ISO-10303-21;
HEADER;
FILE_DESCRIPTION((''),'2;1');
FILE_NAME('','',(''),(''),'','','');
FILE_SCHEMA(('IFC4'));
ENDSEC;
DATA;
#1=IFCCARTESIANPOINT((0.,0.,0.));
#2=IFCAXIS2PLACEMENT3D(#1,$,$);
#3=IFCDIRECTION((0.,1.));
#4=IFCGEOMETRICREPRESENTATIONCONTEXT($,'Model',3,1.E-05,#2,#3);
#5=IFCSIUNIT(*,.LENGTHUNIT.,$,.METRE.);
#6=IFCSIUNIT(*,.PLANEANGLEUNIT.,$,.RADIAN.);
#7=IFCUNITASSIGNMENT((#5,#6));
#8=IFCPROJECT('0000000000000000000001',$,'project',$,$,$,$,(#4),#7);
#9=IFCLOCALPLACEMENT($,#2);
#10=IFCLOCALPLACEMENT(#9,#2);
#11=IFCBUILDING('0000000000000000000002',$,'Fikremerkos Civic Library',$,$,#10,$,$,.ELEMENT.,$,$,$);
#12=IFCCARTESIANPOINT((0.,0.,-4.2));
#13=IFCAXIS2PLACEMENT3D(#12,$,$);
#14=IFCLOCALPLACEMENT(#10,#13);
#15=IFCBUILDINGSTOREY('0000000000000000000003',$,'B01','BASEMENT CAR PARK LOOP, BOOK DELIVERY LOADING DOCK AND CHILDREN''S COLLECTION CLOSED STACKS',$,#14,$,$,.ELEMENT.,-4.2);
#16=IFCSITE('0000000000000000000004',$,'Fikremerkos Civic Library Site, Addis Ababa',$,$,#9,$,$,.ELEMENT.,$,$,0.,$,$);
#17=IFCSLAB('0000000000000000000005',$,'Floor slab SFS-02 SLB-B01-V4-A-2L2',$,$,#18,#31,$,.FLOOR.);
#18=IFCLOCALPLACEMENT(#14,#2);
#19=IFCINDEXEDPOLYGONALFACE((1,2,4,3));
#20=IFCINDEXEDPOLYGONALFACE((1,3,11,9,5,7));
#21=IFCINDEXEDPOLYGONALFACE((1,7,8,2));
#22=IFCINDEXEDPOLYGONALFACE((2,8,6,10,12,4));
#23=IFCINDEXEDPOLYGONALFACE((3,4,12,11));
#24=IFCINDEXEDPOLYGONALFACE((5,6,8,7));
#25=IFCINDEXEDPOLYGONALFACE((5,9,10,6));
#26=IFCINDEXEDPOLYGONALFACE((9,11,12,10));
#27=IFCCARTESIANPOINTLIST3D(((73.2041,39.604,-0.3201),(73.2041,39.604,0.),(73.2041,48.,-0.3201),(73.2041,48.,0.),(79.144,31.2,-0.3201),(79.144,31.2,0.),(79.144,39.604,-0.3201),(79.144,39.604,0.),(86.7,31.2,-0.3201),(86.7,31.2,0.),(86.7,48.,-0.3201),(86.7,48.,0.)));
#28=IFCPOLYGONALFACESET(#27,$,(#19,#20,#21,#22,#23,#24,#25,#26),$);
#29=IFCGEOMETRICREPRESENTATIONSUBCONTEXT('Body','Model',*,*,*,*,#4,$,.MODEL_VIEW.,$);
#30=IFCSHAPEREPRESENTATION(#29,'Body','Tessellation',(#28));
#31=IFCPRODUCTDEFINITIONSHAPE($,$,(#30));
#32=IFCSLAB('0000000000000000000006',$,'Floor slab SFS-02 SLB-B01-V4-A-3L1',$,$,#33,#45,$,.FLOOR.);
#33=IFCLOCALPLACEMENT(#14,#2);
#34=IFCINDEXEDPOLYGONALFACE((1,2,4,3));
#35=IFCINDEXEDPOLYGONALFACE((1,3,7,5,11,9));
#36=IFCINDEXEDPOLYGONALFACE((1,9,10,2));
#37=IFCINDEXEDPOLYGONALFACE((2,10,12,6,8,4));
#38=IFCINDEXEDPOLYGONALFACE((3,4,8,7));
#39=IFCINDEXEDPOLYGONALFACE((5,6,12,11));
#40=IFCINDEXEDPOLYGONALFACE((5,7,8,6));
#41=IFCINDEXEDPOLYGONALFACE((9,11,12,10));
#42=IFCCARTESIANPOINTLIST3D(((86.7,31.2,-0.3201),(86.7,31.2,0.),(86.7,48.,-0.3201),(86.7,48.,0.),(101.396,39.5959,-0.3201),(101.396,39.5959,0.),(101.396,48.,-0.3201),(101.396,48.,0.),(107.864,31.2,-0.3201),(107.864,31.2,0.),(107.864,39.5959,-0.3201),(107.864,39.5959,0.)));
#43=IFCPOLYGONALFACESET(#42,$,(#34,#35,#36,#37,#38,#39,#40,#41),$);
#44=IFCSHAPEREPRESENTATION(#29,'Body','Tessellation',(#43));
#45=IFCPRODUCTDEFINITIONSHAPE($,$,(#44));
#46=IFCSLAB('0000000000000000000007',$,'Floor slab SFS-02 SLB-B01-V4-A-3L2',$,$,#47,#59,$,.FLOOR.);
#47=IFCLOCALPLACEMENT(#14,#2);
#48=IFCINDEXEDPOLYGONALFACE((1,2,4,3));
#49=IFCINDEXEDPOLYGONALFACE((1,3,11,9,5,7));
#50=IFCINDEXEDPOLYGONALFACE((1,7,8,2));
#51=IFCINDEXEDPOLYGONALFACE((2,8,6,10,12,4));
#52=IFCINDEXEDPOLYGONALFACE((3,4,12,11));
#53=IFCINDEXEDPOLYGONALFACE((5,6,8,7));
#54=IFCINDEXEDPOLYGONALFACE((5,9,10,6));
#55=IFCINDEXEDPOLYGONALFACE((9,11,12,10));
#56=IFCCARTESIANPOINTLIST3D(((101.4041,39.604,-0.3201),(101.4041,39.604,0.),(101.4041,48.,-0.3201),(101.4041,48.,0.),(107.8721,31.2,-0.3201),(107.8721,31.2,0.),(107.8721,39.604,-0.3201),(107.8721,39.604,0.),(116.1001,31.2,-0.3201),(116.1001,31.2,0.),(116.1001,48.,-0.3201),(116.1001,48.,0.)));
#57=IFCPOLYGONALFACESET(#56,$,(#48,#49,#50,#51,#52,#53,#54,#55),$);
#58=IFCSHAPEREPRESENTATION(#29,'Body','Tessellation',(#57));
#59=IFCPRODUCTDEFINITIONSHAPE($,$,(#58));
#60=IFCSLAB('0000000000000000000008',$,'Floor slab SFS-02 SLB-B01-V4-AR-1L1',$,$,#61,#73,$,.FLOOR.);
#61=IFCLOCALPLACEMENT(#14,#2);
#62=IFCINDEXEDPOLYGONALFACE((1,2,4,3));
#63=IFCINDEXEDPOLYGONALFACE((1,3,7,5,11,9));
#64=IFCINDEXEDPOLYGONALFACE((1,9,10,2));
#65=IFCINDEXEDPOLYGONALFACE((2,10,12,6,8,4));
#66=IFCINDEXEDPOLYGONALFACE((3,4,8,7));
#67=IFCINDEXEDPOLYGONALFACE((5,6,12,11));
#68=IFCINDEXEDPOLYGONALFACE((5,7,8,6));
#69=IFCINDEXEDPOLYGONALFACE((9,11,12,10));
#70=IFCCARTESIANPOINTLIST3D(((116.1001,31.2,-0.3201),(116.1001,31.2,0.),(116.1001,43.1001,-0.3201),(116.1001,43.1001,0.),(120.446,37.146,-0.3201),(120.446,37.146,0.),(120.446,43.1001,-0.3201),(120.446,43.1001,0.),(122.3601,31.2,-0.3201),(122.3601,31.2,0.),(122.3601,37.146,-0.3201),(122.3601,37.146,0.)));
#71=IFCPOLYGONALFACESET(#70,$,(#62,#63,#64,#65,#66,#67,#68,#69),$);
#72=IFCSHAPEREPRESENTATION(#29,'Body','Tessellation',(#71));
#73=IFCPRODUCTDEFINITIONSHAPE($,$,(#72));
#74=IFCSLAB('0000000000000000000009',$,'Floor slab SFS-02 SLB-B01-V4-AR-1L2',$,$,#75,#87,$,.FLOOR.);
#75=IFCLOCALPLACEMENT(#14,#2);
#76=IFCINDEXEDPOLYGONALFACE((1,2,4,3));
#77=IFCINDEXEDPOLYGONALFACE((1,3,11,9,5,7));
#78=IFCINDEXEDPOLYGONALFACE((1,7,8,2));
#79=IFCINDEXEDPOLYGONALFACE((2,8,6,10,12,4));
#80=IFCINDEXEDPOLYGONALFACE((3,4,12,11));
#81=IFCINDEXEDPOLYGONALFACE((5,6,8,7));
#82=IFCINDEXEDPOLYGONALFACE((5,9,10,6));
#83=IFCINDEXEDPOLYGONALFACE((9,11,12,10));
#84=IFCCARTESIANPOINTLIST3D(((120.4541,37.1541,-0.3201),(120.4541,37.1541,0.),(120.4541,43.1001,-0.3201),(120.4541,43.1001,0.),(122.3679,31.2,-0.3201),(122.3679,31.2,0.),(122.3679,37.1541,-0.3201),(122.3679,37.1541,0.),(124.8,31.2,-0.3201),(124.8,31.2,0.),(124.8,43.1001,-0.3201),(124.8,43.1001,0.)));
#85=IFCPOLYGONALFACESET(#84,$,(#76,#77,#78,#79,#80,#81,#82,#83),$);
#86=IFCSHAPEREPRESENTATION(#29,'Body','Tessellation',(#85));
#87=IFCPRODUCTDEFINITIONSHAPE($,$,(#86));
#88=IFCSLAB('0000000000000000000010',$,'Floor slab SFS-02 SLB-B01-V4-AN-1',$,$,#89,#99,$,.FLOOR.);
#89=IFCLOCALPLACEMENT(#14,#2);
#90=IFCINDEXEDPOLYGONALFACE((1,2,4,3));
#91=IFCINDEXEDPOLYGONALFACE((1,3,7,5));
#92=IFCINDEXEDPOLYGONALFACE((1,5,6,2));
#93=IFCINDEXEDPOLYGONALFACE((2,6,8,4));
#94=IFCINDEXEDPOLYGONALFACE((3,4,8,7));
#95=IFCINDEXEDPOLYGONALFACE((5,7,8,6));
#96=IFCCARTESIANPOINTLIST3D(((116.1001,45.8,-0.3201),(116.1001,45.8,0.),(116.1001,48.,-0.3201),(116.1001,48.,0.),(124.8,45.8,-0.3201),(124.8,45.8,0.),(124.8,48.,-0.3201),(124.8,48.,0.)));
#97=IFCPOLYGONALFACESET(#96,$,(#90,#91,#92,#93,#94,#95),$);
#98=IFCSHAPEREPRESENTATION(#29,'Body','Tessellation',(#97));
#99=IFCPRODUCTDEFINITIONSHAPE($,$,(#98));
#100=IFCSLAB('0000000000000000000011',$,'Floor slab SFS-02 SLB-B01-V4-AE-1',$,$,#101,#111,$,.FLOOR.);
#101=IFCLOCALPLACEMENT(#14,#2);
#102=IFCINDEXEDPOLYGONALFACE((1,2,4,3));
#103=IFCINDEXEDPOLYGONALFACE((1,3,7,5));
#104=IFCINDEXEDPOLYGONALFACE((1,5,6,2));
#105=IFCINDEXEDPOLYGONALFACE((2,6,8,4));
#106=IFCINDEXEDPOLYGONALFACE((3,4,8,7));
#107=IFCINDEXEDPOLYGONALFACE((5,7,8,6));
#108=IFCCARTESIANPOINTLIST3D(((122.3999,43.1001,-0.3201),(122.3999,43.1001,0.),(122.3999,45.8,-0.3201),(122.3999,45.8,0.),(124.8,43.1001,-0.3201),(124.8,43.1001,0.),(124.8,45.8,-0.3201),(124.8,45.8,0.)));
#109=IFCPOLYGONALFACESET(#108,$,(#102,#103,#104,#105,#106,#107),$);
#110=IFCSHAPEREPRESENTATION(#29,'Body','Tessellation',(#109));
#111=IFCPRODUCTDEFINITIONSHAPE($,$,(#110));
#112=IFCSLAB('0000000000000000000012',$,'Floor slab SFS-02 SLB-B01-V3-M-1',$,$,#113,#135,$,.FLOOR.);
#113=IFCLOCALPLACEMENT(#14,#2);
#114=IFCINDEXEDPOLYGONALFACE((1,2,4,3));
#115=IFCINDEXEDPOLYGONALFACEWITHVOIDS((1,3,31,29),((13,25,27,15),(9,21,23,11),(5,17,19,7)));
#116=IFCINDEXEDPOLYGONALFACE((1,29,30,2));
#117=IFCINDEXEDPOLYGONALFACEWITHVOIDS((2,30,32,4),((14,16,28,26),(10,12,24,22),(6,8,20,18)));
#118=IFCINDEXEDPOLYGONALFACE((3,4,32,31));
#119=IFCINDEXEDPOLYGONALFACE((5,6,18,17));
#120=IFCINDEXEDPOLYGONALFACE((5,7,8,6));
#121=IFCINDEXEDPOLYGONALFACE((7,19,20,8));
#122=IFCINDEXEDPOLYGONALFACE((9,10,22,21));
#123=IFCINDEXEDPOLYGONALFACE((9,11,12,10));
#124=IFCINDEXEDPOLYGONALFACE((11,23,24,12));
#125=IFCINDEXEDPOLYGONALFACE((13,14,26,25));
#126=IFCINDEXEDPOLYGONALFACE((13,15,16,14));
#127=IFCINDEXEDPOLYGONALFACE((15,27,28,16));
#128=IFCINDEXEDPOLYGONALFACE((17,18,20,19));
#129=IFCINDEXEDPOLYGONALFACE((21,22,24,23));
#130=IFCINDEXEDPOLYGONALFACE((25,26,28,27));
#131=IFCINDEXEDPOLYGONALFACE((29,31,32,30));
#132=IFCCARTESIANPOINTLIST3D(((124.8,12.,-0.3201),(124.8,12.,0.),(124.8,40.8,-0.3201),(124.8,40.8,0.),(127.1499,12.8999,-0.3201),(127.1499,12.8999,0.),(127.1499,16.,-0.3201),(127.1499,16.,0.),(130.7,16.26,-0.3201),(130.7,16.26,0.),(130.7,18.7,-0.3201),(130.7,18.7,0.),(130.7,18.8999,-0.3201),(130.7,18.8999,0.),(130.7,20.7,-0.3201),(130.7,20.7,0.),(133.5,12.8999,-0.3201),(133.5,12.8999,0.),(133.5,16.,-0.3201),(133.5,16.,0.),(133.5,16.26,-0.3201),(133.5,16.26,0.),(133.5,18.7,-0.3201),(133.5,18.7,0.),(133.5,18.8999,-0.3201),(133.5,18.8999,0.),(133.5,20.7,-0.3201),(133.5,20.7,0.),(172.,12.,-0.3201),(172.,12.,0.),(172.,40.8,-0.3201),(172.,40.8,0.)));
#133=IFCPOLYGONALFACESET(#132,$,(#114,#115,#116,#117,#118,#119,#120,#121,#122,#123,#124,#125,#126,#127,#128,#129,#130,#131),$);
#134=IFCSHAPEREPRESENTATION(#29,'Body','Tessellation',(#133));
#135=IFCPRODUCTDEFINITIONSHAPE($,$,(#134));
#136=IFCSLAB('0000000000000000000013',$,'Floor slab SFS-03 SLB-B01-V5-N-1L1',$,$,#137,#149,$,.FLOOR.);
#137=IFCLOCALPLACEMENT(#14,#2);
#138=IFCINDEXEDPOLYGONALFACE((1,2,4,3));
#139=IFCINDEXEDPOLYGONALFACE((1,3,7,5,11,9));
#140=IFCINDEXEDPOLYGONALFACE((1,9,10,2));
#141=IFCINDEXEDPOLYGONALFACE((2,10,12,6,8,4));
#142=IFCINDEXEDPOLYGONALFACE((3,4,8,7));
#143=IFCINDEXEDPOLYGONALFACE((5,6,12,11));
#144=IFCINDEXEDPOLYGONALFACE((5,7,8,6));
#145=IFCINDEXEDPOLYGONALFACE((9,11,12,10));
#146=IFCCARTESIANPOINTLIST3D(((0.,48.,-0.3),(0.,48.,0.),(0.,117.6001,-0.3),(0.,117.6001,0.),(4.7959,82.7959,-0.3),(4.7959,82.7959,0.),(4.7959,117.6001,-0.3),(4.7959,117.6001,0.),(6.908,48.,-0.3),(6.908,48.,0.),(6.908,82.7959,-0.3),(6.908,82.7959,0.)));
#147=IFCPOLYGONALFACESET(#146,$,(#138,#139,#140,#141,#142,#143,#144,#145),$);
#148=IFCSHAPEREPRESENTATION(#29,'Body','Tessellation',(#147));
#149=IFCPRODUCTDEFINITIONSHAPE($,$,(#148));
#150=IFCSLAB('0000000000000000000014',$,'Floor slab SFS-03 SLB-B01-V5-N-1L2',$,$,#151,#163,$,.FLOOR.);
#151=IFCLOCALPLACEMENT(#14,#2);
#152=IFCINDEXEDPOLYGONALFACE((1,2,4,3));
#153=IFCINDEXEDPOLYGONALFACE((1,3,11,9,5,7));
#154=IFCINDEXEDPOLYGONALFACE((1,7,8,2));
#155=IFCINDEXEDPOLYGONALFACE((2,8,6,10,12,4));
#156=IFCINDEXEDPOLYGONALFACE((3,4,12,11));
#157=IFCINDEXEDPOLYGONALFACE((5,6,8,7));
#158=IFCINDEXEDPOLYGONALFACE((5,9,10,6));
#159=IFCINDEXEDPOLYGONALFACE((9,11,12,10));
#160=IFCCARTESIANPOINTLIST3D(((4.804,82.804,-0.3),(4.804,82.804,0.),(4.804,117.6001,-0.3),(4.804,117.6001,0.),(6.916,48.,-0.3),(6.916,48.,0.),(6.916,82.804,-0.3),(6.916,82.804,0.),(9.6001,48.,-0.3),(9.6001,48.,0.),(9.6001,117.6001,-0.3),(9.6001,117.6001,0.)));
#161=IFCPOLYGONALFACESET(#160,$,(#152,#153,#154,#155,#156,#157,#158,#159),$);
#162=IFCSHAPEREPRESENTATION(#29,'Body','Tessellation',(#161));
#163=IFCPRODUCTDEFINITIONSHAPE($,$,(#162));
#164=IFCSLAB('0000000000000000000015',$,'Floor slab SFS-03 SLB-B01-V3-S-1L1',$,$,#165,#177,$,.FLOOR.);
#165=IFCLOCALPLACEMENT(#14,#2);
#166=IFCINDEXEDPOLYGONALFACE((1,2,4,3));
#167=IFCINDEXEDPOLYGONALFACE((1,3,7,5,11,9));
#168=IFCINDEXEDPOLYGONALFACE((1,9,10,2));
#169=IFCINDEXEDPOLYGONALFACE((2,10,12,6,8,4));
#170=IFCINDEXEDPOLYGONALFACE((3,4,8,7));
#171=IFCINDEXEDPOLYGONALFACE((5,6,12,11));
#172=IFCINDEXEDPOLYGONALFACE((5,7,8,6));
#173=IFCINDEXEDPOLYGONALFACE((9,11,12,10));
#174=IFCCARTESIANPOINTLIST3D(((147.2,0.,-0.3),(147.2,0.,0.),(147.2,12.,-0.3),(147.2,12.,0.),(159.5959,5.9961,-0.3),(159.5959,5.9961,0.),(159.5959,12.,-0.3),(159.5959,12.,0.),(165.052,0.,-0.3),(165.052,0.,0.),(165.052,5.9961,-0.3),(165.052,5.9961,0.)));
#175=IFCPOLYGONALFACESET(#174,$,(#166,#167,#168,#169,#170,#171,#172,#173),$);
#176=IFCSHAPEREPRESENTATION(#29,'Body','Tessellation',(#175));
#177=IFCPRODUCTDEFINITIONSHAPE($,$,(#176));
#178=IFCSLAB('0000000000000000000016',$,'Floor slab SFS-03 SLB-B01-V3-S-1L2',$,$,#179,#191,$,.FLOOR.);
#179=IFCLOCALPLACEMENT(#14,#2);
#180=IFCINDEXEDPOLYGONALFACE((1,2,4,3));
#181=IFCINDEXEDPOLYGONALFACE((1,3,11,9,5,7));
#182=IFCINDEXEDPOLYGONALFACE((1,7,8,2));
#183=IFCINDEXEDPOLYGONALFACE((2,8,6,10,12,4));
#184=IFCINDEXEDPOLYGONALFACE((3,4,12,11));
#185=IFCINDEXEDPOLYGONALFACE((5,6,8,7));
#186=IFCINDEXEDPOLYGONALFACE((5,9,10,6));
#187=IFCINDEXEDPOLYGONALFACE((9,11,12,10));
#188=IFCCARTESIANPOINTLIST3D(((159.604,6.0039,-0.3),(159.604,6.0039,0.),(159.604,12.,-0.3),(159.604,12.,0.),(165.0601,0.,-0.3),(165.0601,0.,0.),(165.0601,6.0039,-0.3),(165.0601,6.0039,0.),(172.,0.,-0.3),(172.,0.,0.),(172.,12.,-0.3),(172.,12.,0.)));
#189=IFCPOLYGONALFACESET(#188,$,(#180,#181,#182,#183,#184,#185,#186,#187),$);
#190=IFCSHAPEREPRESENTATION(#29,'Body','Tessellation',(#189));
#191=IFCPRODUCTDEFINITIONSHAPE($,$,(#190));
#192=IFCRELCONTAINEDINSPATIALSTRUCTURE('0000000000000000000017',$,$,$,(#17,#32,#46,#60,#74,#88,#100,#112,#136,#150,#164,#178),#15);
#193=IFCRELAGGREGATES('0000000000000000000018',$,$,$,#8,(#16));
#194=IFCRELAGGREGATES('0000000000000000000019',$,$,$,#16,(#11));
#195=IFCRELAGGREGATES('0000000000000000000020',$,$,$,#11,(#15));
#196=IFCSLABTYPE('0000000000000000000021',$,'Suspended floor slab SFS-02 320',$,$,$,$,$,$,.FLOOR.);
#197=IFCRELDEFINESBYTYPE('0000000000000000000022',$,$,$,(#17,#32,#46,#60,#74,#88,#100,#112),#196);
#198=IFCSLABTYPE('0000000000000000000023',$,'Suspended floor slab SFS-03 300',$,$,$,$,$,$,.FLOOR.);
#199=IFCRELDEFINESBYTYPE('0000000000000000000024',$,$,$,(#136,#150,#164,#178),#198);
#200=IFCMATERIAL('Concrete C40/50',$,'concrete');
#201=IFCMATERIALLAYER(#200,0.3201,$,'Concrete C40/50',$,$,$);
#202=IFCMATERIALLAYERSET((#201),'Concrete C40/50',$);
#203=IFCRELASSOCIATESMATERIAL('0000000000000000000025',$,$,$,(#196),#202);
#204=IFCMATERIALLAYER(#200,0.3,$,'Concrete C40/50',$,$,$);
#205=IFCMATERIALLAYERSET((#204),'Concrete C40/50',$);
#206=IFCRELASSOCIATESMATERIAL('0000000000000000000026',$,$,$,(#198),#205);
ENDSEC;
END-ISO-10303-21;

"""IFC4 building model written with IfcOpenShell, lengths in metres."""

from ifc_helpers import new_model, si_unit, direction, frame, origin, place, context, subcontext, project, spatial, polyline, outline, extrude, material, layer, layer_set, type_object, element, save


model = new_model("IFC4")

# Units and contexts
model_context = context("Model", 3, precision=1e-05, world=origin(), true_north=direction((0.0, 1.0)))
body_context = subcontext(model_context, "Body", "Model", "MODEL_VIEW")
ifc_project = project(units=[si_unit("LENGTHUNIT", "METRE"), si_unit("PLANEANGLEUNIT", "RADIAN")], contexts=[model_context])

# Site, building, storey
site_placement = place(None, origin())
site = spatial("IfcSite", under=ifc_project, at=site_placement, Name="Fikremerkos Civic Library Site, Addis Ababa", CompositionType="ELEMENT", RefElevation=0.0)
building_placement = place(site_placement, origin())
building = spatial("IfcBuilding", under=site, at=building_placement, Name="Fikremerkos Civic Library", CompositionType="ELEMENT")
storey_placement = place(building_placement, frame((0.0, 0.0, -4.2)))
storey = spatial("IfcBuildingStorey", under=building, at=storey_placement, Name="B01", Description="BASEMENT CAR PARK LOOP, BOOK DELIVERY LOADING DOCK AND CHILDREN'S COLLECTION CLOSED STACKS", CompositionType="ELEMENT", Elevation=-4.2)

# Slabs
ifc_material = material(Name="Concrete C40/50", Category="concrete")
ifc_layer_1 = layer(ifc_material, 0.3201, Name="Concrete C40/50")
ifc_layer_set_1 = layer_set([ifc_layer_1], Name="Concrete C40/50")
slab_type_1 = type_object("IfcSlabType", Name="Suspended floor slab SFS-02 320", PredefinedType="FLOOR", material=ifc_layer_set_1)
slab_1_placement = place(storey_placement, frame((0.0, 0.0, -0.3201)))
element("IfcSlab", 1, at=slab_1_placement, inside=storey, type_object=slab_type_1, Name="Floor slab SFS-02 SLB-B01-V4-A-2L2", PredefinedType="FLOOR", context=body_context, shape_type="SweptSolid", body=[
    extrude(outline(polyline([(79.144, 31.2), (86.7, 31.2), (86.7, 48.0), (73.2041, 48.0), (73.2041, 39.604), (79.144, 39.604), (79.144, 31.2)])), origin(), (0.0, 0.0, 1.0), 0.3201),
])
slab_2_placement = place(storey_placement, frame((0.0, 0.0, -0.3201)))
element("IfcSlab", 2, at=slab_2_placement, inside=storey, type_object=slab_type_1, Name="Floor slab SFS-02 SLB-B01-V4-A-3L1", PredefinedType="FLOOR", context=body_context, shape_type="SweptSolid", body=[
    extrude(outline(polyline([(86.7, 31.2), (107.864, 31.2), (107.864, 39.5959), (101.396, 39.5959), (101.396, 48.0), (86.7, 48.0), (86.7, 31.2)])), origin(), (0.0, 0.0, 1.0), 0.3201),
])
slab_3_placement = place(storey_placement, frame((0.0, 0.0, -0.3201)))
element("IfcSlab", 3, at=slab_3_placement, inside=storey, type_object=slab_type_1, Name="Floor slab SFS-02 SLB-B01-V4-A-3L2", PredefinedType="FLOOR", context=body_context, shape_type="SweptSolid", body=[
    extrude(outline(polyline([(107.8721, 31.2), (116.1001, 31.2), (116.1001, 48.0), (101.4041, 48.0), (101.4041, 39.604), (107.8721, 39.604), (107.8721, 31.2)])), origin(), (0.0, 0.0, 1.0), 0.3201),
])
slab_4_placement = place(storey_placement, frame((0.0, 0.0, -0.3201)))
element("IfcSlab", 4, at=slab_4_placement, inside=storey, type_object=slab_type_1, Name="Floor slab SFS-02 SLB-B01-V4-AR-1L1", PredefinedType="FLOOR", context=body_context, shape_type="SweptSolid", body=[
    extrude(outline(polyline([(116.1001, 31.2), (122.3601, 31.2), (122.3601, 37.146), (120.446, 37.146), (120.446, 43.1001), (116.1001, 43.1001), (116.1001, 31.2)])), origin(), (0.0, 0.0, 1.0), 0.3201),
])
slab_5_placement = place(storey_placement, frame((0.0, 0.0, -0.3201)))
element("IfcSlab", 5, at=slab_5_placement, inside=storey, type_object=slab_type_1, Name="Floor slab SFS-02 SLB-B01-V4-AR-1L2", PredefinedType="FLOOR", context=body_context, shape_type="SweptSolid", body=[
    extrude(outline(polyline([(122.3679, 31.2), (124.8, 31.2), (124.8, 43.1001), (120.4541, 43.1001), (120.4541, 37.1541), (122.3679, 37.1541), (122.3679, 31.2)])), origin(), (0.0, 0.0, 1.0), 0.3201),
])
slab_6_placement = place(storey_placement, frame((0.0, 0.0, -0.3201)))
element("IfcSlab", 6, at=slab_6_placement, inside=storey, type_object=slab_type_1, Name="Floor slab SFS-02 SLB-B01-V4-AN-1", PredefinedType="FLOOR", context=body_context, shape_type="SweptSolid", body=[
    extrude(outline(polyline([(116.1001, 45.8), (124.8, 45.8), (124.8, 48.0), (116.1001, 48.0), (116.1001, 45.8)])), origin(), (0.0, 0.0, 1.0), 0.3201),
])
slab_7_placement = place(storey_placement, frame((0.0, 0.0, -0.3201)))
element("IfcSlab", 7, at=slab_7_placement, inside=storey, type_object=slab_type_1, Name="Floor slab SFS-02 SLB-B01-V4-AE-1", PredefinedType="FLOOR", context=body_context, shape_type="SweptSolid", body=[
    extrude(outline(polyline([(122.3999, 43.1001), (124.8, 43.1001), (124.8, 45.8), (122.3999, 45.8), (122.3999, 43.1001)])), origin(), (0.0, 0.0, 1.0), 0.3201),
])
slab_8_placement = place(storey_placement, frame((0.0, 0.0, -0.3201)))
element("IfcSlab", 8, at=slab_8_placement, inside=storey, type_object=slab_type_1, Name="Floor slab SFS-02 SLB-B01-V3-M-1", PredefinedType="FLOOR", context=body_context, shape_type="SweptSolid", body=[
    extrude(outline(polyline([(124.8, 12.0), (172.0, 12.0), (172.0, 40.8), (124.8, 40.8), (124.8, 12.0)]), holes=[polyline([(127.1499, 12.8999), (133.5, 12.8999), (133.5, 16.0), (127.1499, 16.0), (127.1499, 12.8999)]), polyline([(130.7, 16.26), (133.5, 16.26), (133.5, 18.7), (130.7, 18.7), (130.7, 16.26)]), polyline([(130.7, 18.8999), (133.5, 18.8999), (133.5, 20.7), (130.7, 20.7), (130.7, 18.8999)])]), origin(), (0.0, 0.0, 1.0), 0.3201),
])
ifc_layer_2 = layer(ifc_material, 0.3, Name="Concrete C40/50")
ifc_layer_set_2 = layer_set([ifc_layer_2], Name="Concrete C40/50")
slab_type_2 = type_object("IfcSlabType", Name="Suspended floor slab SFS-03 300", PredefinedType="FLOOR", material=ifc_layer_set_2)
slab_9_placement = place(storey_placement, frame((0.0, 0.0, -0.3)))
element("IfcSlab", 9, at=slab_9_placement, inside=storey, type_object=slab_type_2, Name="Floor slab SFS-03 SLB-B01-V5-N-1L1", PredefinedType="FLOOR", context=body_context, shape_type="SweptSolid", body=[
    extrude(outline(polyline([(0.0, 48.0), (6.908, 48.0), (6.908, 82.7959), (4.7959, 82.7959), (4.7959, 117.6001), (0.0, 117.6001), (0.0, 48.0)])), origin(), (0.0, 0.0, 1.0), 0.3),
])
slab_10_placement = place(storey_placement, frame((0.0, 0.0, -0.3)))
element("IfcSlab", 10, at=slab_10_placement, inside=storey, type_object=slab_type_2, Name="Floor slab SFS-03 SLB-B01-V5-N-1L2", PredefinedType="FLOOR", context=body_context, shape_type="SweptSolid", body=[
    extrude(outline(polyline([(6.916, 48.0), (9.6001, 48.0), (9.6001, 117.6001), (4.804, 117.6001), (4.804, 82.804), (6.916, 82.804), (6.916, 48.0)])), origin(), (0.0, 0.0, 1.0), 0.3),
])
slab_11_placement = place(storey_placement, frame((0.0, 0.0, -0.3)))
element("IfcSlab", 11, at=slab_11_placement, inside=storey, type_object=slab_type_2, Name="Floor slab SFS-03 SLB-B01-V3-S-1L1", PredefinedType="FLOOR", context=body_context, shape_type="SweptSolid", body=[
    extrude(outline(polyline([(147.2, 0.0), (165.052, 0.0), (165.052, 5.9961), (159.5959, 5.9961), (159.5959, 12.0), (147.2, 12.0), (147.2, 0.0)])), origin(), (0.0, 0.0, 1.0), 0.3),
])
slab_12_placement = place(storey_placement, frame((0.0, 0.0, -0.3)))
element("IfcSlab", 12, at=slab_12_placement, inside=storey, type_object=slab_type_2, Name="Floor slab SFS-03 SLB-B01-V3-S-1L2", PredefinedType="FLOOR", context=body_context, shape_type="SweptSolid", body=[
    extrude(outline(polyline([(165.0601, 0.0), (172.0, 0.0), (172.0, 12.0), (159.604, 12.0), (159.604, 6.0039), (165.0601, 6.0039), (165.0601, 0.0)])), origin(), (0.0, 0.0, 1.0), 0.3),
])

save(model, "model.ifc")
